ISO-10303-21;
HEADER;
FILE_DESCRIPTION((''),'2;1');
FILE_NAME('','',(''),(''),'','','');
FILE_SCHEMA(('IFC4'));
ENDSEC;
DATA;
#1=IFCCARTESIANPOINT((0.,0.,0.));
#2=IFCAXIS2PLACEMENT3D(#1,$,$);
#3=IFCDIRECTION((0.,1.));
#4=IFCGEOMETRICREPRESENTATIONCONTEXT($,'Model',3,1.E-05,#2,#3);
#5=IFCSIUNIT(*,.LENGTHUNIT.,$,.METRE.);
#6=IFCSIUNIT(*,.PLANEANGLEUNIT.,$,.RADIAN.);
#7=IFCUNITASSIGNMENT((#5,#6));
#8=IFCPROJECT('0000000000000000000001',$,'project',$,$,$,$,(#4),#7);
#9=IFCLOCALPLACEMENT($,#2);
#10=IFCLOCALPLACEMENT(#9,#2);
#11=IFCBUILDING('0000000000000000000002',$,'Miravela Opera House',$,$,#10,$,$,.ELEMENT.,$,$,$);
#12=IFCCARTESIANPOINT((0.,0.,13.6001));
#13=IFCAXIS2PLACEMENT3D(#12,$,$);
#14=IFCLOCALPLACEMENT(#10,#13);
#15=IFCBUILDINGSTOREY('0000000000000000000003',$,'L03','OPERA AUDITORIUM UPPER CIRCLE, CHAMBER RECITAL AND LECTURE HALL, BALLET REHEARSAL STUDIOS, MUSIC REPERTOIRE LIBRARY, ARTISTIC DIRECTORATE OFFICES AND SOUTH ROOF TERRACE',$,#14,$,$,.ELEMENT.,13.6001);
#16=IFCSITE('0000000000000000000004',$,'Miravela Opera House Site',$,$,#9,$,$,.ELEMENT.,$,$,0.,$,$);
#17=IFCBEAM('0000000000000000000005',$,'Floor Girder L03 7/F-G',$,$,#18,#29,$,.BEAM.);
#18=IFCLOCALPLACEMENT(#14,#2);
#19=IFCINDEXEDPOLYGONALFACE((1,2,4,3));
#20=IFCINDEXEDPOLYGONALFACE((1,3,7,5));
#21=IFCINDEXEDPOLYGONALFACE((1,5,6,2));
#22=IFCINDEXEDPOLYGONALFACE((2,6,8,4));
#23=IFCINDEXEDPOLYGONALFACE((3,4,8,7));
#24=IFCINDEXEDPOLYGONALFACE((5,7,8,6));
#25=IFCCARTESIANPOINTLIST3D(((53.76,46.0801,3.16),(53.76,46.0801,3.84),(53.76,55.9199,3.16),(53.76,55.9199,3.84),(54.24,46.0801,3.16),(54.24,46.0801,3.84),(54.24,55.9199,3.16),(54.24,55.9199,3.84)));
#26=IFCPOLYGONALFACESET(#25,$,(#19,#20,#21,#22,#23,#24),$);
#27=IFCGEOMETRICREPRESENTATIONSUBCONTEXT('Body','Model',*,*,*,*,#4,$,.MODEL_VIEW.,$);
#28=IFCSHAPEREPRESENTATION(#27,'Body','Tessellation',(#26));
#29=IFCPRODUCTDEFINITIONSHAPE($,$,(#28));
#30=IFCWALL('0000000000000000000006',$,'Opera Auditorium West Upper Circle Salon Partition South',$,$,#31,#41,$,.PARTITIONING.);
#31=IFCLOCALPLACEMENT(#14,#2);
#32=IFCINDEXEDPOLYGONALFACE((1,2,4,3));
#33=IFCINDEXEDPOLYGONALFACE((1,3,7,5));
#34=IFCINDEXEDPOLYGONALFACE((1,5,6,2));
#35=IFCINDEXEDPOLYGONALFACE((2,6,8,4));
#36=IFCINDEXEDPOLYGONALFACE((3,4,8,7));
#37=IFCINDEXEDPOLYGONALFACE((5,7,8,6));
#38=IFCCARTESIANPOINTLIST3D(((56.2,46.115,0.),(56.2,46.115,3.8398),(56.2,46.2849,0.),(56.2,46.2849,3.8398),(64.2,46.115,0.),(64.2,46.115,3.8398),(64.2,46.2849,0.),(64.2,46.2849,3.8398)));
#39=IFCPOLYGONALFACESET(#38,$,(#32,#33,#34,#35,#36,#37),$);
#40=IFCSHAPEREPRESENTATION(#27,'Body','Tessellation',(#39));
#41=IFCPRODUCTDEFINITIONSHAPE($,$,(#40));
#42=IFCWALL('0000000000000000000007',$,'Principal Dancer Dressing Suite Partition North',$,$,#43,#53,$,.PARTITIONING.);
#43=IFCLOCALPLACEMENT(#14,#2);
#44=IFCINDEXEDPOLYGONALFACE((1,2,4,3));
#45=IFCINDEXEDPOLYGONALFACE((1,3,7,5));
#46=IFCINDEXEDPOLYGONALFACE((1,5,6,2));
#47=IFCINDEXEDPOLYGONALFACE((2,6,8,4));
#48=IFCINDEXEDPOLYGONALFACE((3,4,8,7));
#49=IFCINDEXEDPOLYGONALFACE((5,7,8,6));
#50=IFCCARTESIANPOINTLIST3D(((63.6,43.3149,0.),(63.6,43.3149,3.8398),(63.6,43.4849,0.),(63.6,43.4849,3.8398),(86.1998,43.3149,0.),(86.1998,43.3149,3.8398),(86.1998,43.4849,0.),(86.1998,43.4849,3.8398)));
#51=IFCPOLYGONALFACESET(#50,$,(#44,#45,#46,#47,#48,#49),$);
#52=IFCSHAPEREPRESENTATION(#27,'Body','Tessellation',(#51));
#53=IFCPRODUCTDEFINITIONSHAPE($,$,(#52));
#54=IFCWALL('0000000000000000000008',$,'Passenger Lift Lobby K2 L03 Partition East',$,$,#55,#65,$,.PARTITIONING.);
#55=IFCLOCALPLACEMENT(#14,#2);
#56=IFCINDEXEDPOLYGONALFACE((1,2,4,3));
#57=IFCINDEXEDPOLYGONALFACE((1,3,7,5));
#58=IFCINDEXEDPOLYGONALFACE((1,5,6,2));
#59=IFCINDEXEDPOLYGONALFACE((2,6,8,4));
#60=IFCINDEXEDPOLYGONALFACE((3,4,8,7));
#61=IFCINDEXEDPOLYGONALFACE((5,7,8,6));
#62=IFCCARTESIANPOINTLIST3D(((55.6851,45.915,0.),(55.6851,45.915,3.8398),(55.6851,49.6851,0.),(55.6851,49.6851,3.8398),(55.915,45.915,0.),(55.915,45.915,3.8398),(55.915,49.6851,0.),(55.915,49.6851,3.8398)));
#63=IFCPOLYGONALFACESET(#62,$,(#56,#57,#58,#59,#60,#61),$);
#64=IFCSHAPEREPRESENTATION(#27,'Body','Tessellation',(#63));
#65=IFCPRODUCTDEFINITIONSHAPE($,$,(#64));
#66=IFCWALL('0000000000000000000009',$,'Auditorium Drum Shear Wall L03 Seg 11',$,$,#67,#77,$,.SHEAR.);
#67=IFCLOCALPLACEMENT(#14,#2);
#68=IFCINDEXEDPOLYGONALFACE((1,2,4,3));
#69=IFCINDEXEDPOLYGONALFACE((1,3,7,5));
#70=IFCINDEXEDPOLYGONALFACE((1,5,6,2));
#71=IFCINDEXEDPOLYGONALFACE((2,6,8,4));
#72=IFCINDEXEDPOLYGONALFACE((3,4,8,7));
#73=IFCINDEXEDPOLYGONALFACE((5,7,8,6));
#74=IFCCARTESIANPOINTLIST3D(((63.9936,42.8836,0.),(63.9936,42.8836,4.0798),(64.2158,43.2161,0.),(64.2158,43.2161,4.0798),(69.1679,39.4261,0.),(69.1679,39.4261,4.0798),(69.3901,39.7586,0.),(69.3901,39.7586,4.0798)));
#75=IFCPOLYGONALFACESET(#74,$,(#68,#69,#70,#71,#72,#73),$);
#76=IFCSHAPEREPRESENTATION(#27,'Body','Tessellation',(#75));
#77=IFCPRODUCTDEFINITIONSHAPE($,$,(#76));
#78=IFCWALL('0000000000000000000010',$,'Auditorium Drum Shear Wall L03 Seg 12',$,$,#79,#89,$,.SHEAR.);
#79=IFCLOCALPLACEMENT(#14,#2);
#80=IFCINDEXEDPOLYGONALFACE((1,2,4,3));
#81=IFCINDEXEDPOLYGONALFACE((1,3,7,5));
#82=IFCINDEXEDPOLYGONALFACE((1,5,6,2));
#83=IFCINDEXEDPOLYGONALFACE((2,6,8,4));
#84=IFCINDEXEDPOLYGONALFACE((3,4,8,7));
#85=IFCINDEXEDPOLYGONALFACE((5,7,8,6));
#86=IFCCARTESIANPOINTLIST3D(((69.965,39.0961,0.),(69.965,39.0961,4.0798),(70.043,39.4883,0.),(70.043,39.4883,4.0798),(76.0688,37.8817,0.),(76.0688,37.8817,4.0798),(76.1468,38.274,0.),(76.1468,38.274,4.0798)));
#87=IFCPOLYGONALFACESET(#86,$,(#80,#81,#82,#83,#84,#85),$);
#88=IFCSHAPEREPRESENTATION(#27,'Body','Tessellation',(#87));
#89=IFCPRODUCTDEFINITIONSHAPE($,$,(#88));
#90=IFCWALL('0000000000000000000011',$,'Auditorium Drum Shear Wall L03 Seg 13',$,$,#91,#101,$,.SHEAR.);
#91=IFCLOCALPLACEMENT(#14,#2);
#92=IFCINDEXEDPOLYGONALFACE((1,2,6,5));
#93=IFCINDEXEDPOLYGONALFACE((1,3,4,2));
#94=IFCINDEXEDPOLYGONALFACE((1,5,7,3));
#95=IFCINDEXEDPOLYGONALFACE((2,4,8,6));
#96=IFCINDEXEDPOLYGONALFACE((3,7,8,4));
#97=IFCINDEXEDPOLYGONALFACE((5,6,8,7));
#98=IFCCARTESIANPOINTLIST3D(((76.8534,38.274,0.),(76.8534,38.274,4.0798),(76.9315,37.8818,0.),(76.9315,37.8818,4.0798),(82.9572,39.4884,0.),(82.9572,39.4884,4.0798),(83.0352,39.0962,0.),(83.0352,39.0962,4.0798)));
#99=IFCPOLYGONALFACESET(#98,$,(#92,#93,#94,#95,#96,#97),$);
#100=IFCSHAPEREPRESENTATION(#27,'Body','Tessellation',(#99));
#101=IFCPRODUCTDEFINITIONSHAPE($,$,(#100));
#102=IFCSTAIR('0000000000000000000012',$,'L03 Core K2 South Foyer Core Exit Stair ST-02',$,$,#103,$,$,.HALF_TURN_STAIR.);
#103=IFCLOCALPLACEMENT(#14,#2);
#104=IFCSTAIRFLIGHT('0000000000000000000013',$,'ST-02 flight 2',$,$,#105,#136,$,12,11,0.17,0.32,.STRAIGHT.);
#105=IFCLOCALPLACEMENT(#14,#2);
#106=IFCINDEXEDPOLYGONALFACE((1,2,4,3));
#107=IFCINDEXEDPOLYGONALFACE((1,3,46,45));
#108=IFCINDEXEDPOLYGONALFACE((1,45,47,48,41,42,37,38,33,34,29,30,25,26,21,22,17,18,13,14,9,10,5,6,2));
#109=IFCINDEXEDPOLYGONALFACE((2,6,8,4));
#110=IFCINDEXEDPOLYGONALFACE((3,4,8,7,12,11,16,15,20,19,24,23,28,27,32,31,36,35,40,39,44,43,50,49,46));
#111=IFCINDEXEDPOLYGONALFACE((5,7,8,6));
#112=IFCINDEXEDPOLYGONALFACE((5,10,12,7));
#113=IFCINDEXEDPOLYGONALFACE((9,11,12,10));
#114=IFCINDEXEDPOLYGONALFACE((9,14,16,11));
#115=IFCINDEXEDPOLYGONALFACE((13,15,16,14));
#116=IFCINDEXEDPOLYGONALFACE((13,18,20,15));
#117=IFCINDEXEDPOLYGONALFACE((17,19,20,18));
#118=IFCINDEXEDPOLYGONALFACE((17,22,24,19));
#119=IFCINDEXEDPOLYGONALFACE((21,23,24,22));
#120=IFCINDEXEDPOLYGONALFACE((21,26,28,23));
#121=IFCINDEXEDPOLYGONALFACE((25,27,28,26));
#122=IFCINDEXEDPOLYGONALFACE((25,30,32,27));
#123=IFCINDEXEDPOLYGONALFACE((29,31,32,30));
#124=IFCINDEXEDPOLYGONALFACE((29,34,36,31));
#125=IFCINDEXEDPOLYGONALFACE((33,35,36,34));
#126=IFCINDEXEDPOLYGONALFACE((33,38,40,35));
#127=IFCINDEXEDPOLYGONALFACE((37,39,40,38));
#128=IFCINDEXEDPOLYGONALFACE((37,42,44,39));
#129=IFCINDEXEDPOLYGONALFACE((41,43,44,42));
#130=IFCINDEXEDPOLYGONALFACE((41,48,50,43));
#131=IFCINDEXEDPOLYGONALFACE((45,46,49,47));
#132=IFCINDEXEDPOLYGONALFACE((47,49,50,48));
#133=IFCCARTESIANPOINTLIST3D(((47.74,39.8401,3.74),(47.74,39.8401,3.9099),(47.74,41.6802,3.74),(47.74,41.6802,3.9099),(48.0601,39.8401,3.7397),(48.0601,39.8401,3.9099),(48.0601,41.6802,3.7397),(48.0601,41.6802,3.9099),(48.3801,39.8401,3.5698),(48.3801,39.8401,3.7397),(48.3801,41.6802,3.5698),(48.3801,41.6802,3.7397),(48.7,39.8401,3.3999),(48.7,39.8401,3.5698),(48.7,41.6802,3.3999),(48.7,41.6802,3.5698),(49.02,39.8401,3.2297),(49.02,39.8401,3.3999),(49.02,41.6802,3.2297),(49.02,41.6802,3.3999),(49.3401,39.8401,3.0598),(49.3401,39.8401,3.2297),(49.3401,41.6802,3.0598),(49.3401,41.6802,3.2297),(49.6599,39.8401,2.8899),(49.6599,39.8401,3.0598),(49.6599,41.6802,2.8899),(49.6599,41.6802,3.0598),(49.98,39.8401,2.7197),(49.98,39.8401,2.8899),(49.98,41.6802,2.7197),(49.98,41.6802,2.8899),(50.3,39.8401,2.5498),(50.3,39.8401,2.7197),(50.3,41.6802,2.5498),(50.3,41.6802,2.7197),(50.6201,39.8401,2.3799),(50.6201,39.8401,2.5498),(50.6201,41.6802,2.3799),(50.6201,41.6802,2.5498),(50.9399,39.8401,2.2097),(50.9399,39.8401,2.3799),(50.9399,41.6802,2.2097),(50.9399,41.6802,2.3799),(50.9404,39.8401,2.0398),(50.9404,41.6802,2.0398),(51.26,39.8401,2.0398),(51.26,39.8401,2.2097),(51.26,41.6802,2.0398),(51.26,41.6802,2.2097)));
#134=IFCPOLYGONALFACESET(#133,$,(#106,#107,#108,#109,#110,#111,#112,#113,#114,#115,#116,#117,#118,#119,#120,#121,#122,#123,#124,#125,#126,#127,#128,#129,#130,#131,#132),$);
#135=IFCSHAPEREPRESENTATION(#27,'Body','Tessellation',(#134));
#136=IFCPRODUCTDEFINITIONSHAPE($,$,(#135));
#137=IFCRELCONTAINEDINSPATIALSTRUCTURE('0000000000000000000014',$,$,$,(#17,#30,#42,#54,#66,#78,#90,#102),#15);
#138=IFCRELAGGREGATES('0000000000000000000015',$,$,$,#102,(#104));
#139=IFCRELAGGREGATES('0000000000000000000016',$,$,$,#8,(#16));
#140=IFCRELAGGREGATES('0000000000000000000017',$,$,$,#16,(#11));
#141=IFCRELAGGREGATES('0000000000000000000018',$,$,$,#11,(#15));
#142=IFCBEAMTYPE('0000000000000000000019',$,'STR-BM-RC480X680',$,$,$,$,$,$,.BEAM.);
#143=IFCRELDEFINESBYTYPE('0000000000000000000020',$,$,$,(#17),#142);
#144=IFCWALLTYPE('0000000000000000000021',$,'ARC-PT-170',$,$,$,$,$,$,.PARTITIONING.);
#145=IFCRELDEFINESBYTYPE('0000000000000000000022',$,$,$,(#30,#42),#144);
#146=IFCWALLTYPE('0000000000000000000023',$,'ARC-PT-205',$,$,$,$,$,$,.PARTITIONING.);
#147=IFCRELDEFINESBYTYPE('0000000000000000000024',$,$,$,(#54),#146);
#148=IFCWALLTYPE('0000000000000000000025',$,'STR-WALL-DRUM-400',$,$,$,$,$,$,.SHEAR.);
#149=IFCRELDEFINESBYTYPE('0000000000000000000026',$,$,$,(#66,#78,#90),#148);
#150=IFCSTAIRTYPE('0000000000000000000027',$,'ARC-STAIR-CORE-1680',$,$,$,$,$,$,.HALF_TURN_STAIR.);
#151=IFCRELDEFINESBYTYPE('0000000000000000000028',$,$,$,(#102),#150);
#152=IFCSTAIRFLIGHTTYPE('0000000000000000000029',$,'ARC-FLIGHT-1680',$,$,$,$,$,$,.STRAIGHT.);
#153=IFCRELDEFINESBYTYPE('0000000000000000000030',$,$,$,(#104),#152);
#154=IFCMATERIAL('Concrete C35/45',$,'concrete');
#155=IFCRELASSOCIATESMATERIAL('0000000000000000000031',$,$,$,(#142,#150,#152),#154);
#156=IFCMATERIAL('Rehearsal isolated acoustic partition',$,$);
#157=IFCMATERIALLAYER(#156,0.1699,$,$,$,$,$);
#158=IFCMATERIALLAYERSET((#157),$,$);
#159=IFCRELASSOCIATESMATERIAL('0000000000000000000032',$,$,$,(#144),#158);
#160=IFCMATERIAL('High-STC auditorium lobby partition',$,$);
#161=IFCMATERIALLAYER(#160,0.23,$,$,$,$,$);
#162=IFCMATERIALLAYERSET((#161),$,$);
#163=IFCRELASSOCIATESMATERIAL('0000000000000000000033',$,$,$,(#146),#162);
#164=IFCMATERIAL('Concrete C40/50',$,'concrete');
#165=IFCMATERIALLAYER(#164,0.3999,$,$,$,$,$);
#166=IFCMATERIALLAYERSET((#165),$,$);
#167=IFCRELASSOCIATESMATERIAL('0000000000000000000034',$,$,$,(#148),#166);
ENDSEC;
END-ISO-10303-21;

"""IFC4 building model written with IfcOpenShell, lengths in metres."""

from ifc_helpers import new_model, si_unit, direction, frame, frame_2d, origin, origin_2d, place, context, subcontext, project, spatial, polyline, rectangle, outline, extrude, material, layer, layer_set, material_profile, profile_set, type_object, element, aggregate, save


model = new_model("IFC4")

# Units and contexts
model_context = context("Model", 3, precision=1e-05, world=origin(), true_north=direction((0.0, 1.0)))
body_context = subcontext(model_context, "Body", "Model", "MODEL_VIEW")
ifc_project = project(units=[si_unit("LENGTHUNIT", "METRE"), si_unit("PLANEANGLEUNIT", "RADIAN")], contexts=[model_context])

# Site, building, storey
site_placement = place(None, origin())
site = spatial("IfcSite", under=ifc_project, at=site_placement, Name="Miravela Opera House Site", CompositionType="ELEMENT", RefElevation=0.0)
building_placement = place(site_placement, origin())
building = spatial("IfcBuilding", under=site, at=building_placement, Name="Miravela Opera House", CompositionType="ELEMENT")
storey_placement = place(building_placement, frame((0.0, 0.0, 13.6001)))
storey = spatial("IfcBuildingStorey", under=building, at=storey_placement, Name="L03", Description="OPERA AUDITORIUM UPPER CIRCLE, CHAMBER RECITAL AND LECTURE HALL, BALLET REHEARSAL STUDIOS, MUSIC REPERTOIRE LIBRARY, ARTISTIC DIRECTORATE OFFICES AND SOUTH ROOF TERRACE", CompositionType="ELEMENT", Elevation=13.6001)

# Shared definitions
ifc_material_1 = material(Name="Concrete C35/45", Category="concrete")
ifc_material_2 = material(Name="Concrete C40/50", Category="concrete")

# Beam
ifc_material_profile_1 = material_profile(ifc_material_1, rectangle(XDim=0.48, YDim=0.6799, at=origin_2d()), Name="RC-BM-480X680")
ifc_profile_set_1 = profile_set([ifc_material_profile_1])
beam_type = type_object("IfcBeamType", Name="STR-BM-RC480X680", PredefinedType="BEAM", material=ifc_profile_set_1)
beam_placement = place(storey_placement, frame((54.0, 46.0801, 3.5), z_axis=(0.0, 1.0, 0.0), x_axis=(-1.0, 0.0, 0.0)))
element("IfcBeam", 1, at=beam_placement, inside=storey, type_object=beam_type, Name="Floor Girder L03 7/F-G", PredefinedType="BEAM", context=body_context, shape_type="SweptSolid", body=[
    extrude(rectangle(XDim=0.48, YDim=0.6799, at=origin_2d()), origin(), (0.0, 0.0, 1.0), 9.8398),
])

# Walls
ifc_material_3 = material(Name="Rehearsal isolated acoustic partition")
ifc_layer_1 = layer(ifc_material_3, 0.1699)
ifc_layer_set_1 = layer_set([ifc_layer_1])
wall_type_1 = type_object("IfcWallType", Name="ARC-PT-170", PredefinedType="PARTITIONING", material=ifc_layer_set_1)
wall_1_placement = place(storey_placement, frame((56.2, 46.2, 0.0), z_axis=(0.0, 0.0, 1.0), x_axis=(1.0, 0.0, 0.0)))
element("IfcWall", 2, at=wall_1_placement, inside=storey, type_object=wall_type_1, Name="Opera Auditorium West Upper Circle Salon Partition South", PredefinedType="PARTITIONING", context=body_context, shape_type="SweptSolid", body=[
    extrude(rectangle(XDim=8.0, YDim=0.1699, at=frame_2d((4.0, 0.0))), origin(), (0.0, 0.0, 1.0), 3.8398),
])
wall_2_placement = place(storey_placement, frame((63.6001, 43.3999, 0.0), z_axis=(0.0, 0.0, 1.0), x_axis=(1.0, 0.0, 0.0)))
element("IfcWall", 3, at=wall_2_placement, inside=storey, type_object=wall_type_1, Name="Principal Dancer Dressing Suite Partition North", PredefinedType="PARTITIONING", context=body_context, shape_type="SweptSolid", body=[
    extrude(rectangle(XDim=22.5999, YDim=0.1699, at=frame_2d((11.2998, 0.0))), origin(), (0.0, 0.0, 1.0), 3.8398),
])
ifc_material_4 = material(Name="High-STC auditorium lobby partition")
ifc_layer_2 = layer(ifc_material_4, 0.23)
ifc_layer_set_2 = layer_set([ifc_layer_2])
wall_type_2 = type_object("IfcWallType", Name="ARC-PT-205", PredefinedType="PARTITIONING", material=ifc_layer_set_2)
wall_3_placement = place(storey_placement, frame((55.8, 45.915, 0.0), z_axis=(0.0, 0.0, 1.0), x_axis=(0.0, 1.0, 0.0)))
element("IfcWall", 4, at=wall_3_placement, inside=storey, type_object=wall_type_2, Name="Passenger Lift Lobby K2 L03 Partition East", PredefinedType="PARTITIONING", context=body_context, shape_type="SweptSolid", body=[
    extrude(rectangle(XDim=3.77, YDim=0.23, at=frame_2d((1.885, 0.0))), origin(), (0.0, 0.0, 1.0), 3.8398),
])
ifc_layer_3 = layer(ifc_material_2, 0.3999)
ifc_layer_set_3 = layer_set([ifc_layer_3])
wall_type_3 = type_object("IfcWallType", Name="STR-WALL-DRUM-400", PredefinedType="SHEAR", material=ifc_layer_set_3)
wall_4_placement = place(storey_placement, frame((64.1047, 43.0498, 0.0), z_axis=(0.0, 0.0, 1.0), x_axis=(0.831458, -0.555587, 0.0)))
element("IfcWall", 5, at=wall_4_placement, inside=storey, type_object=wall_type_3, Name="Auditorium Drum Shear Wall L03 Seg 11", PredefinedType="SHEAR", context=body_context, shape_type="SweptSolid", body=[
    extrude(rectangle(XDim=6.2231, YDim=0.3999, at=frame_2d((3.1116, 0.0))), origin(), (0.0, 0.0, 1.0), 4.0798),
])
for number, where, z_axis, x_axis, name in (
    (6, (70.0039, 39.2922, 0.0), (0.0, 0.0, 1.0), (0.980778, -0.195128, 0.0), "Auditorium Drum Shear Wall L03 Seg 12"),
    (7, (76.8923, 38.0779, 0.0), (0.0, 0.0, 1.0), (0.980778, 0.195128, 0.0), "Auditorium Drum Shear Wall L03 Seg 13"),
):
    element("IfcWall", number, at=place(storey_placement, frame(where, z_axis=z_axis, x_axis=x_axis)), inside=storey, type_object=wall_type_3, Name=name, PredefinedType="SHEAR", context=body_context, shape_type="SweptSolid", body=[
        extrude(rectangle(XDim=6.2234, YDim=0.3999, at=frame_2d((3.1118, 0.0))), origin(), (0.0, 0.0, 1.0), 4.0798),
    ])

# Stair, stair flight
stair_type = type_object("IfcStairType", Name="ARC-STAIR-CORE-1680", PredefinedType="HALF_TURN_STAIR", material=ifc_material_1)
stair_placement = place(storey_placement, origin())
stair = element("IfcStair", 8, at=stair_placement, inside=storey, type_object=stair_type, Name="L03 Core K2 South Foyer Core Exit Stair ST-02", PredefinedType="HALF_TURN_STAIR")
stair_flight_type = type_object("IfcStairFlightType", Name="ARC-FLIGHT-1680", PredefinedType="STRAIGHT", material=ifc_material_1)
stair_flight_placement = place(storey_placement, frame((51.26, 40.76, 2.0398), z_axis=(0.0, 0.0, 1.0), x_axis=(-1.0, 0.0, 0.0)))
stair_flight = element("IfcStairFlight", 9, at=stair_flight_placement, type_object=stair_flight_type, Name="ST-02 flight 2", NumberOfRisers=12, NumberOfTreads=11, PredefinedType="STRAIGHT", RiserHeight=0.17, TreadLength=0.32, context=body_context, shape_type="SweptSolid", body=[
    extrude(outline(polyline([(0.0, 0.0), (0.0, 0.1699), (0.3201, 0.1699), (0.3201, 0.3401), (0.6399, 0.3401), (0.6399, 0.51), (0.96, 0.51), (0.96, 0.6799), (1.28, 0.6799), (1.28, 0.8501), (1.6001, 0.8501), (1.6001, 1.02), (1.9199, 1.02), (1.9199, 1.1899), (2.24, 1.1899), (2.24, 1.3601), (2.5601, 1.3601), (2.5601, 1.53), (2.8799, 1.53), (2.8799, 1.7), (3.2, 1.7), (3.2, 1.8701), (3.52, 1.8701), (3.52, 2.04), (3.52, 1.7002), (0.3196, 0.0), (0.0, 0.0)])), frame((0.0, 0.9199, 0.0), z_axis=(0.0, -1.0, 0.0), x_axis=(1.0, 0.0, 0.0)), (0.0, 0.0, 1.0), 1.8401),
])
aggregate(stair, [stair_flight])

save(model, "model.ifc")
